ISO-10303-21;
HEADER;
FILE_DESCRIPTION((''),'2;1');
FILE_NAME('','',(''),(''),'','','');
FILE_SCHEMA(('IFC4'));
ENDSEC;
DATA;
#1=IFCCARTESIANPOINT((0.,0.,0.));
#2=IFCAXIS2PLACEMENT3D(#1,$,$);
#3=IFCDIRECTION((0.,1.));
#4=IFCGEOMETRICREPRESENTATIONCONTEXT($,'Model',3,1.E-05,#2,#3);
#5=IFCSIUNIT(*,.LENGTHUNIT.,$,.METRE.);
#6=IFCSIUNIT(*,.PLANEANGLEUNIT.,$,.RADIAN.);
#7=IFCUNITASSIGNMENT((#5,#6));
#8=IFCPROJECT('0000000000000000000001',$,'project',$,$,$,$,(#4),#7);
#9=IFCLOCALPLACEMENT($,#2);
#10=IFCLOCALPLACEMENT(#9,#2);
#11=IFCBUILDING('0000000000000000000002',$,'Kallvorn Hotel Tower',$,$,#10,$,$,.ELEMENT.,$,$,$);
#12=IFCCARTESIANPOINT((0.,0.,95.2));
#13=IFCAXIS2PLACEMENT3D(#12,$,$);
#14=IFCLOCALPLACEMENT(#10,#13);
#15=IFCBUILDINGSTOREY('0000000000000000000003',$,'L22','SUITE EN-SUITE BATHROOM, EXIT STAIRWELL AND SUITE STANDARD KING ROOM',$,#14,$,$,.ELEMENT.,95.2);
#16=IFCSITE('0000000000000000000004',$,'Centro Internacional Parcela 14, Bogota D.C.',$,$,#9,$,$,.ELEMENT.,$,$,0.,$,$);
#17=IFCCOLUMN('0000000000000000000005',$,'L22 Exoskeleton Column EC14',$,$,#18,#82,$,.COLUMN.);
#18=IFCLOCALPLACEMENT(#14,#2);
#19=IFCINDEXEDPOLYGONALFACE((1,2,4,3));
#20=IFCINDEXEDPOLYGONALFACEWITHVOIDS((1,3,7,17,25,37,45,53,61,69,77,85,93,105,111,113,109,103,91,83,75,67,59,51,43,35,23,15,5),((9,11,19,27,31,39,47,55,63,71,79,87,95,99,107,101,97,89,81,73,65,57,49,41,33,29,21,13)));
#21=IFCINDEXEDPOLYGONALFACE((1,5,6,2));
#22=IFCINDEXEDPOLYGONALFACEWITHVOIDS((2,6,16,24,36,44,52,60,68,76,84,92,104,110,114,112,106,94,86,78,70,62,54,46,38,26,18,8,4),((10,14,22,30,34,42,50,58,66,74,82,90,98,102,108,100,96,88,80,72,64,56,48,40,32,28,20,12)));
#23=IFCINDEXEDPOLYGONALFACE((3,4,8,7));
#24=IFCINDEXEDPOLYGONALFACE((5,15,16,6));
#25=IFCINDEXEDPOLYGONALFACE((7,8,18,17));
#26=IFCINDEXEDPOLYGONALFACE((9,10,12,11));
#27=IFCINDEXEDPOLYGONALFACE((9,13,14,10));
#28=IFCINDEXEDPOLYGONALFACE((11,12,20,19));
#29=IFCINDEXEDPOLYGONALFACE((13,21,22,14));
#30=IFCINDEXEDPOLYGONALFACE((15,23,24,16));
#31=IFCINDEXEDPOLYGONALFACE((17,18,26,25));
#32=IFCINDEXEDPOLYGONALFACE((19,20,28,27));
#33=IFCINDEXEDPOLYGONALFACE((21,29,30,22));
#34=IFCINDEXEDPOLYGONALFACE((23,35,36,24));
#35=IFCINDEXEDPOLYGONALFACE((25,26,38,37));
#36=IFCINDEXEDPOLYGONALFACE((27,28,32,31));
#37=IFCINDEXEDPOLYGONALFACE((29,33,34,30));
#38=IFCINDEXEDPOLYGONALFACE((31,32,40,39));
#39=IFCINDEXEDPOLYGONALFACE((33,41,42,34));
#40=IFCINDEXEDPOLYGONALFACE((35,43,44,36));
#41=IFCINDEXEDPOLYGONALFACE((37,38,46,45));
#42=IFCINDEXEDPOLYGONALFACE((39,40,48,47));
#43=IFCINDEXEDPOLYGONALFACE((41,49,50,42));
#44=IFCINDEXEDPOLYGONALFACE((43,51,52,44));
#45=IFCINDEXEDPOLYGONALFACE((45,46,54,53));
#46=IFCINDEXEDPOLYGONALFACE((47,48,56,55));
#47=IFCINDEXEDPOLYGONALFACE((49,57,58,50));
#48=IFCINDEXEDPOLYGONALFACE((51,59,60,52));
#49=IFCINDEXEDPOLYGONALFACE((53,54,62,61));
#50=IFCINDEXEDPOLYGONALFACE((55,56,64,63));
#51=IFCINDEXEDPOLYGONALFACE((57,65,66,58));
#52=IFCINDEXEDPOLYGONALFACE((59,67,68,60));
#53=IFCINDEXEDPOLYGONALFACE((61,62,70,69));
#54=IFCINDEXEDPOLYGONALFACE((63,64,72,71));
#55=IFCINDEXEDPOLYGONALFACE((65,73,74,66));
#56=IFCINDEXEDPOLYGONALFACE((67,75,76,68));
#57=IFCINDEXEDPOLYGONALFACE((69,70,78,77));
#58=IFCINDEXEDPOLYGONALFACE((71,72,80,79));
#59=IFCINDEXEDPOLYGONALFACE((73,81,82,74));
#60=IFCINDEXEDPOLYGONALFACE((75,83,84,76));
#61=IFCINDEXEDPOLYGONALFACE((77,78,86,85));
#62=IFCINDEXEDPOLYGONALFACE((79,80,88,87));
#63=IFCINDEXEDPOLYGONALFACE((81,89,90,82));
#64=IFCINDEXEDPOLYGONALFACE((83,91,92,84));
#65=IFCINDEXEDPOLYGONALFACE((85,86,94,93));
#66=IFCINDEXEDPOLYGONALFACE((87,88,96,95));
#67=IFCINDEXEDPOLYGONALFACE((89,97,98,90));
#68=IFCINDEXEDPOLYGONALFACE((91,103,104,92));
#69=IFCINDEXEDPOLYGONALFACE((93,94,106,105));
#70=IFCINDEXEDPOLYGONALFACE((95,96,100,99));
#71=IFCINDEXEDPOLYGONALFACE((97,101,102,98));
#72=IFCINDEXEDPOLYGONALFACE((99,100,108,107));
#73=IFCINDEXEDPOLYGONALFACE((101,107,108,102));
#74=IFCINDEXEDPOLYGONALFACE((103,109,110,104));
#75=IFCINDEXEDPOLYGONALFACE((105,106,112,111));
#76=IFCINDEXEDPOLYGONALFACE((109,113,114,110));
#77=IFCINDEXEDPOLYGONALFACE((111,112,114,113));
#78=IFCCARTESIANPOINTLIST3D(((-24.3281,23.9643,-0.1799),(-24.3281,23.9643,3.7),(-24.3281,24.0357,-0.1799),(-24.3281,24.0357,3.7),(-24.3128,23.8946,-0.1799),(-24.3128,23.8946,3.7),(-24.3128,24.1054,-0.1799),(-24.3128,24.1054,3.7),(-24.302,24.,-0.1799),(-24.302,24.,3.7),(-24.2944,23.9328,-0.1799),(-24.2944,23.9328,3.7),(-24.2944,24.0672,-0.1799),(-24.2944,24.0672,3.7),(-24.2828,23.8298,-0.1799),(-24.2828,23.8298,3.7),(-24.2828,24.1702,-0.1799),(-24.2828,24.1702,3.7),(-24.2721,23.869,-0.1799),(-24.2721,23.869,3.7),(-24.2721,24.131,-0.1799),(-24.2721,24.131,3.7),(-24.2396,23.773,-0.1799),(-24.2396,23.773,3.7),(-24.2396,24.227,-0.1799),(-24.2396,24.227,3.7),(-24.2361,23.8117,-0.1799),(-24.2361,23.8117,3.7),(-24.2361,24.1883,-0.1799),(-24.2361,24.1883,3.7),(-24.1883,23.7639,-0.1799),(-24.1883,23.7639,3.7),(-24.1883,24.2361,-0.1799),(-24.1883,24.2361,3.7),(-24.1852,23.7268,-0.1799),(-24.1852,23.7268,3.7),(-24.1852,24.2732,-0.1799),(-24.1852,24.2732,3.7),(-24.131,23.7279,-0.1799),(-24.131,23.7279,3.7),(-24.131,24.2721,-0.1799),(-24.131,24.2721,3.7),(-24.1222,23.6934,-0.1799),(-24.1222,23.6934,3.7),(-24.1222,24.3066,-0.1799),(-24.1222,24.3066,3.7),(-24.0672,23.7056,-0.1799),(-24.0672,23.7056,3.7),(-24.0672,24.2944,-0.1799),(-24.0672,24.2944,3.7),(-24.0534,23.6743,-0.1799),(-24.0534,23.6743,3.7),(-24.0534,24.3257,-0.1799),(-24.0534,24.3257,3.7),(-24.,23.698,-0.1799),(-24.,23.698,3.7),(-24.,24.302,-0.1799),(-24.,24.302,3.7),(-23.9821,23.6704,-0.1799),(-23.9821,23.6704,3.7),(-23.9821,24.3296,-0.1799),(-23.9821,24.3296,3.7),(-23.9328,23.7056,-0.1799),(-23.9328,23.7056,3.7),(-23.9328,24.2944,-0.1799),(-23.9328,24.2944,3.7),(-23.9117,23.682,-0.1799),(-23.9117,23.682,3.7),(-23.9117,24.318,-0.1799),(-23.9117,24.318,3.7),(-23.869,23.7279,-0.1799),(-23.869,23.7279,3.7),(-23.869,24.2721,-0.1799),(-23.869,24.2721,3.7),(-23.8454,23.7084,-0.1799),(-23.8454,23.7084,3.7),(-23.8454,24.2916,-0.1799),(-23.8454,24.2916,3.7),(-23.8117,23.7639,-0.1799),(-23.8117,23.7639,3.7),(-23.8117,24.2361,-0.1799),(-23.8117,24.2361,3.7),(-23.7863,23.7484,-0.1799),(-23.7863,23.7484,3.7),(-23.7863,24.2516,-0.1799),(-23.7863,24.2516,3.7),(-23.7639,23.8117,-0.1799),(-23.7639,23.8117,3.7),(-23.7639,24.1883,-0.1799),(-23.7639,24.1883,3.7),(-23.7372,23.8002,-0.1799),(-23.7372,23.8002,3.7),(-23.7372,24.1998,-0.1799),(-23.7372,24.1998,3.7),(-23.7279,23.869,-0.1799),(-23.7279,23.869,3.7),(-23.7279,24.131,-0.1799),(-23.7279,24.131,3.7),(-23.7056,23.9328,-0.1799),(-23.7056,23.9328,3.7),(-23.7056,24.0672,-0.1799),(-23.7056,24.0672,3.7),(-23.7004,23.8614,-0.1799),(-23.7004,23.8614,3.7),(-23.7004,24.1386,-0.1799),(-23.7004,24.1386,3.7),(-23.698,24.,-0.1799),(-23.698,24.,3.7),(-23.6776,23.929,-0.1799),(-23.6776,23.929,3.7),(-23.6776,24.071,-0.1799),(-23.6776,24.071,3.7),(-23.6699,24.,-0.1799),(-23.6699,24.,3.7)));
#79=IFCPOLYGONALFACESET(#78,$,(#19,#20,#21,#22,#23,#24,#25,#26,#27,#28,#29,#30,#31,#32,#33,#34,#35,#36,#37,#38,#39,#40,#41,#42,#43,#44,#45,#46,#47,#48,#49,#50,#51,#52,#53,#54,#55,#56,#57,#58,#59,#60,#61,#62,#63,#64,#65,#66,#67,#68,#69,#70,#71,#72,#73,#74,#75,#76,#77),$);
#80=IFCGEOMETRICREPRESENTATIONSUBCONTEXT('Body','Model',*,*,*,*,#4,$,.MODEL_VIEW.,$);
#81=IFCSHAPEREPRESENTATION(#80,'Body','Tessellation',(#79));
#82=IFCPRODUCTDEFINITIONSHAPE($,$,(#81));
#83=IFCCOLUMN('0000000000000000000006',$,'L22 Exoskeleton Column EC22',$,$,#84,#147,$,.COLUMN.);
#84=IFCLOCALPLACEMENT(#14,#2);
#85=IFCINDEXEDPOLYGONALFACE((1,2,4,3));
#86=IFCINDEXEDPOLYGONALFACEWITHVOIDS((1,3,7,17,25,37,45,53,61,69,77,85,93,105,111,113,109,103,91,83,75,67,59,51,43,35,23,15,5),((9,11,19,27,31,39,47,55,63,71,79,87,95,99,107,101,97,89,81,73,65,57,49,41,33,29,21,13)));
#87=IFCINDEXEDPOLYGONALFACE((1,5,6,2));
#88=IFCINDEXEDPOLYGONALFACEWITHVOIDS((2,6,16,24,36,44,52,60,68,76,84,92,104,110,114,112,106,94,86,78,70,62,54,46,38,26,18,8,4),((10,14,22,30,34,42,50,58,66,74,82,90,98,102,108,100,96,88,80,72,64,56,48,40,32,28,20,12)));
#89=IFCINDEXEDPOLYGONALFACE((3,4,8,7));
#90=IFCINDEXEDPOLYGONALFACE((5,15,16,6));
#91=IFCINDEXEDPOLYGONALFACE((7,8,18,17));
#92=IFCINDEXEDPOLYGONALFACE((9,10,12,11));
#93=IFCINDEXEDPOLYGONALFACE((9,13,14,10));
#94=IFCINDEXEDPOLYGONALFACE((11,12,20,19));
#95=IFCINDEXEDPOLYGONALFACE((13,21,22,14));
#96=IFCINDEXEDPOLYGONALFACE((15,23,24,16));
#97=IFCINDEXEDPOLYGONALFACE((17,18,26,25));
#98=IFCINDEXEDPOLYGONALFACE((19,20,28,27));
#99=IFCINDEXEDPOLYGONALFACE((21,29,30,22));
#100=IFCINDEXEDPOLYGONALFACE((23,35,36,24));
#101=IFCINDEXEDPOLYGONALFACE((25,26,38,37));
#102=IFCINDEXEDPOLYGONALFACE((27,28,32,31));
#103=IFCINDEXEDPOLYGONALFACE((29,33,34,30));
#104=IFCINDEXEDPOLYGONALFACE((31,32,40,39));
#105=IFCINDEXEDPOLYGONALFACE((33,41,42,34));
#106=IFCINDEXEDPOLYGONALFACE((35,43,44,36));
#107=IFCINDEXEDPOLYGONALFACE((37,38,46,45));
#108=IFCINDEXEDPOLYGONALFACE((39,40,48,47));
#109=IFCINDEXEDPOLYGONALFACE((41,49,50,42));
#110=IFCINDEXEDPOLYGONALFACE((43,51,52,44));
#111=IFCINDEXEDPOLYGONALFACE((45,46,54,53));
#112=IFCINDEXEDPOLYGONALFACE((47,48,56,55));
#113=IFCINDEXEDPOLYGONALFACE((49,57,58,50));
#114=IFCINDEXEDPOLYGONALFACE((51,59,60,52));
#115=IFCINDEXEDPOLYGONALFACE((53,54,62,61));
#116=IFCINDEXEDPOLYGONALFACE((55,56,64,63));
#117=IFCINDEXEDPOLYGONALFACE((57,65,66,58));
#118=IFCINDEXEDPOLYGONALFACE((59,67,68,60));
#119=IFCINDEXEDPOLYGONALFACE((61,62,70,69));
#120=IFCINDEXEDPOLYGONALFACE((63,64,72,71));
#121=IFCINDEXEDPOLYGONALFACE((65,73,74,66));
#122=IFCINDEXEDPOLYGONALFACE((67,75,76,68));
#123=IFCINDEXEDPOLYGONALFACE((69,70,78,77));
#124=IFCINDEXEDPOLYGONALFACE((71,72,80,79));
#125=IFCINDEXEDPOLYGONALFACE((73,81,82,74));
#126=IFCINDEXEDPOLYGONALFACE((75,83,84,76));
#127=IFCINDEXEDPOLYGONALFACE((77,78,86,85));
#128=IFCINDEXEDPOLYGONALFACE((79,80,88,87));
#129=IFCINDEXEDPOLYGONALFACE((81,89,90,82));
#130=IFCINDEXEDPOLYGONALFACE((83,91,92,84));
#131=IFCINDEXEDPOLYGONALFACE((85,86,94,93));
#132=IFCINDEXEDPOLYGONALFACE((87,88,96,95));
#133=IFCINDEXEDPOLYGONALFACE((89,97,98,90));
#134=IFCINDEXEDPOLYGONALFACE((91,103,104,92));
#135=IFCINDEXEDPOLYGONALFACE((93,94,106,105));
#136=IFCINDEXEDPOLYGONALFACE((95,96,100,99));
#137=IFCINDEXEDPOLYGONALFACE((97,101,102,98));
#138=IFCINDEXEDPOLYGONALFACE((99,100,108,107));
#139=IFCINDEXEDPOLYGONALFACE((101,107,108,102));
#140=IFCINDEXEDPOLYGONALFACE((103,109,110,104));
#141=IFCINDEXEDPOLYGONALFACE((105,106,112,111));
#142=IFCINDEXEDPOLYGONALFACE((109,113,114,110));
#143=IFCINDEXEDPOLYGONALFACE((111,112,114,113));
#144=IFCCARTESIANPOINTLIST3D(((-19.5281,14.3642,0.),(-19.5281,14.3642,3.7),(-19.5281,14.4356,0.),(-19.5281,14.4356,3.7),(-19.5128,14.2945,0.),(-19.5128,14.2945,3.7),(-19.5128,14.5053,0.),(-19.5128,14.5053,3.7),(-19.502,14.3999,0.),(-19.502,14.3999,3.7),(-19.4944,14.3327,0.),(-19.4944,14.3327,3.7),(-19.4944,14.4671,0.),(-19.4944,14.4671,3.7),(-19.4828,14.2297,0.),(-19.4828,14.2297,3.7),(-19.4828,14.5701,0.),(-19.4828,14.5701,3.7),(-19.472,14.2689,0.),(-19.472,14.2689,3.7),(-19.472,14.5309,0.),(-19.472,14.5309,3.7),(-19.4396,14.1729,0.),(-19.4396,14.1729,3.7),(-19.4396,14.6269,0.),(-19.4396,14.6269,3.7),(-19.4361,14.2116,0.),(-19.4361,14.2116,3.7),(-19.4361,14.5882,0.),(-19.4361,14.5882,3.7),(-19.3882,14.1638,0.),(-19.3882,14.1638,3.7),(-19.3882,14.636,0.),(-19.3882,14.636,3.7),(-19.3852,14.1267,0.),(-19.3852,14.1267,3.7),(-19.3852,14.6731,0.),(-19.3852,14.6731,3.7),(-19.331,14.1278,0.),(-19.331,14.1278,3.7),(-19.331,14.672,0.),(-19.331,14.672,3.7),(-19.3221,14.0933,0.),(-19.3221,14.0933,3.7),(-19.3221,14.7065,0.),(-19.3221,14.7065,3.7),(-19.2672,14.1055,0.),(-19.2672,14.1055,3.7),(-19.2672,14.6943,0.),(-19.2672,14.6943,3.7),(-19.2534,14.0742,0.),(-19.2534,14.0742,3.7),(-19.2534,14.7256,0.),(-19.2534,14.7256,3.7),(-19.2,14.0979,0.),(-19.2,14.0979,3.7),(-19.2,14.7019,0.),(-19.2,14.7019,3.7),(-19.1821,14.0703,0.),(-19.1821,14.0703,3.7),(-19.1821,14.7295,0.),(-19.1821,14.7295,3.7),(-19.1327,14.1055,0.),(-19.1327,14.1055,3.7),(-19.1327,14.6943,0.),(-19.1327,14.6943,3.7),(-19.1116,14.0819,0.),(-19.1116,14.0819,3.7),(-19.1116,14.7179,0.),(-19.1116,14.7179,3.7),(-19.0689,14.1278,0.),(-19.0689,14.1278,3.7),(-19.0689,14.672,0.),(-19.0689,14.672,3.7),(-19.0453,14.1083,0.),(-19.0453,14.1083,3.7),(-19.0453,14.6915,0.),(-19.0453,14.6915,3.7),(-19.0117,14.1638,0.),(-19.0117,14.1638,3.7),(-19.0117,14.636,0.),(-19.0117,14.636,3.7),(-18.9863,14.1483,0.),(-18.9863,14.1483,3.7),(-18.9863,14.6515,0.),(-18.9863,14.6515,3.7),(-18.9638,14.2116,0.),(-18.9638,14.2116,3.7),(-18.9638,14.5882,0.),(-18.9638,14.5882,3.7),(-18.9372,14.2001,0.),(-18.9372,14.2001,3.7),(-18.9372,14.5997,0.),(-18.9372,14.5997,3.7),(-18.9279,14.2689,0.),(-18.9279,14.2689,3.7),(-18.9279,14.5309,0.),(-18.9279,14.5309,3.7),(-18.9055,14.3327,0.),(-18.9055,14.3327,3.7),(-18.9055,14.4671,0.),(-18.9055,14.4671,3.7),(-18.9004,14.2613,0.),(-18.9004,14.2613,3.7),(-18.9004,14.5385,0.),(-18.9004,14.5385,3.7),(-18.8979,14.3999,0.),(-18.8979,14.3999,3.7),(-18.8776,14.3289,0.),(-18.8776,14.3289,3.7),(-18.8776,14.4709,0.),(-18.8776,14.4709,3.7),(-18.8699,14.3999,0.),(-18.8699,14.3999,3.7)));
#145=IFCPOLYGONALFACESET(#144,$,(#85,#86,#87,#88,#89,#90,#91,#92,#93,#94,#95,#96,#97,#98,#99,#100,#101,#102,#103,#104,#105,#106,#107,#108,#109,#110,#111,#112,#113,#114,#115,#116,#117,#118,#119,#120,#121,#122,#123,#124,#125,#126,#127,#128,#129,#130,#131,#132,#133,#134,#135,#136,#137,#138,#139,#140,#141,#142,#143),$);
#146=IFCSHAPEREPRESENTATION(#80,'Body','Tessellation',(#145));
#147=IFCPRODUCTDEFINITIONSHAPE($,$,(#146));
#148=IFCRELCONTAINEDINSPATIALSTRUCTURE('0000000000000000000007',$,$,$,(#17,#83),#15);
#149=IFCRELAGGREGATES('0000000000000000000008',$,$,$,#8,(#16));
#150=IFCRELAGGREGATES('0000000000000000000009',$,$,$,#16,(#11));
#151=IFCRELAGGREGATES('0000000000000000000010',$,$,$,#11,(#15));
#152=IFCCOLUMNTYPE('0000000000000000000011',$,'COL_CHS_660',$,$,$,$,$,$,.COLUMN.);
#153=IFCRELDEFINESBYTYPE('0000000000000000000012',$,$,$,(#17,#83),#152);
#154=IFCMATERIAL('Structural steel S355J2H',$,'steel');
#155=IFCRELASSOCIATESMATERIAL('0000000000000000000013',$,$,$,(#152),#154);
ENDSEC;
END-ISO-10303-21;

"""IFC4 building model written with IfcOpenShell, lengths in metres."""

from ifc_helpers import new_model, si_unit, direction, frame, origin, origin_2d, place, context, subcontext, project, spatial, hollow_circle, extrude, material, material_profile, profile_set, type_object, element, save


model = new_model("IFC4")

# Units and contexts
model_context = context("Model", 3, precision=1e-05, world=origin(), true_north=direction((0.0, 1.0)))
body_context = subcontext(model_context, "Body", "Model", "MODEL_VIEW")
ifc_project = project(units=[si_unit("LENGTHUNIT", "METRE"), si_unit("PLANEANGLEUNIT", "RADIAN")], contexts=[model_context])

# Site, building, storey
site_placement = place(None, origin())
site = spatial("IfcSite", under=ifc_project, at=site_placement, Name="Centro Internacional Parcela 14, Bogota D.C.", CompositionType="ELEMENT", RefElevation=0.0)
building_placement = place(site_placement, origin())
building = spatial("IfcBuilding", under=site, at=building_placement, Name="Kallvorn Hotel Tower", CompositionType="ELEMENT")
storey_placement = place(building_placement, frame((0.0, 0.0, 95.2)))
storey = spatial("IfcBuildingStorey", under=building, at=storey_placement, Name="L22", Description="SUITE EN-SUITE BATHROOM, EXIT STAIRWELL AND SUITE STANDARD KING ROOM", CompositionType="ELEMENT", Elevation=95.2)

# Columns
ifc_material_1 = material(Name="Structural steel S355J2H", Category="steel")
ifc_material_profile_1 = material_profile(ifc_material_1, hollow_circle(Radius=0.3301, WallThickness=0.0281, at=origin_2d()), Name="CHS 660x28")
ifc_profile_set_1 = profile_set([ifc_material_profile_1], Name="Structural steel S355J2H")
column_type = type_object("IfcColumnType", Name="COL_CHS_660", PredefinedType="COLUMN", material=ifc_profile_set_1)
column_1_placement = place(storey_placement, frame((-24.0, 24.0, -0.1799), z_axis=(0.0, 0.0, 1.0), x_axis=(1.0, 0.0, 0.0)))
element("IfcColumn", 1, at=column_1_placement, inside=storey, type_object=column_type, Name="L22 Exoskeleton Column EC14", PredefinedType="COLUMN", context=body_context, shape_type="SweptSolid", body=[
    extrude(hollow_circle(Radius=0.3301, WallThickness=0.0281, at=origin_2d()), origin(), (0.0, 0.0, 1.0), 3.8799),
])
for number, where, z_axis, x_axis, name in (
    (2, (-19.2, 14.3999, 0.0), (0.0, 0.0, 1.0), (1.0, 0.0, 0.0), "L22 Exoskeleton Column EC22"),
):
    element("IfcColumn", number, at=place(storey_placement, frame(where, z_axis=z_axis, x_axis=x_axis)), inside=storey, type_object=column_type, Name=name, PredefinedType="COLUMN", context=body_context, shape_type="SweptSolid", body=[
        extrude(hollow_circle(Radius=0.3301, WallThickness=0.0281, at=origin_2d()), origin(), (0.0, 0.0, 1.0), 3.7),
    ])

save(model, "model.ifc")
